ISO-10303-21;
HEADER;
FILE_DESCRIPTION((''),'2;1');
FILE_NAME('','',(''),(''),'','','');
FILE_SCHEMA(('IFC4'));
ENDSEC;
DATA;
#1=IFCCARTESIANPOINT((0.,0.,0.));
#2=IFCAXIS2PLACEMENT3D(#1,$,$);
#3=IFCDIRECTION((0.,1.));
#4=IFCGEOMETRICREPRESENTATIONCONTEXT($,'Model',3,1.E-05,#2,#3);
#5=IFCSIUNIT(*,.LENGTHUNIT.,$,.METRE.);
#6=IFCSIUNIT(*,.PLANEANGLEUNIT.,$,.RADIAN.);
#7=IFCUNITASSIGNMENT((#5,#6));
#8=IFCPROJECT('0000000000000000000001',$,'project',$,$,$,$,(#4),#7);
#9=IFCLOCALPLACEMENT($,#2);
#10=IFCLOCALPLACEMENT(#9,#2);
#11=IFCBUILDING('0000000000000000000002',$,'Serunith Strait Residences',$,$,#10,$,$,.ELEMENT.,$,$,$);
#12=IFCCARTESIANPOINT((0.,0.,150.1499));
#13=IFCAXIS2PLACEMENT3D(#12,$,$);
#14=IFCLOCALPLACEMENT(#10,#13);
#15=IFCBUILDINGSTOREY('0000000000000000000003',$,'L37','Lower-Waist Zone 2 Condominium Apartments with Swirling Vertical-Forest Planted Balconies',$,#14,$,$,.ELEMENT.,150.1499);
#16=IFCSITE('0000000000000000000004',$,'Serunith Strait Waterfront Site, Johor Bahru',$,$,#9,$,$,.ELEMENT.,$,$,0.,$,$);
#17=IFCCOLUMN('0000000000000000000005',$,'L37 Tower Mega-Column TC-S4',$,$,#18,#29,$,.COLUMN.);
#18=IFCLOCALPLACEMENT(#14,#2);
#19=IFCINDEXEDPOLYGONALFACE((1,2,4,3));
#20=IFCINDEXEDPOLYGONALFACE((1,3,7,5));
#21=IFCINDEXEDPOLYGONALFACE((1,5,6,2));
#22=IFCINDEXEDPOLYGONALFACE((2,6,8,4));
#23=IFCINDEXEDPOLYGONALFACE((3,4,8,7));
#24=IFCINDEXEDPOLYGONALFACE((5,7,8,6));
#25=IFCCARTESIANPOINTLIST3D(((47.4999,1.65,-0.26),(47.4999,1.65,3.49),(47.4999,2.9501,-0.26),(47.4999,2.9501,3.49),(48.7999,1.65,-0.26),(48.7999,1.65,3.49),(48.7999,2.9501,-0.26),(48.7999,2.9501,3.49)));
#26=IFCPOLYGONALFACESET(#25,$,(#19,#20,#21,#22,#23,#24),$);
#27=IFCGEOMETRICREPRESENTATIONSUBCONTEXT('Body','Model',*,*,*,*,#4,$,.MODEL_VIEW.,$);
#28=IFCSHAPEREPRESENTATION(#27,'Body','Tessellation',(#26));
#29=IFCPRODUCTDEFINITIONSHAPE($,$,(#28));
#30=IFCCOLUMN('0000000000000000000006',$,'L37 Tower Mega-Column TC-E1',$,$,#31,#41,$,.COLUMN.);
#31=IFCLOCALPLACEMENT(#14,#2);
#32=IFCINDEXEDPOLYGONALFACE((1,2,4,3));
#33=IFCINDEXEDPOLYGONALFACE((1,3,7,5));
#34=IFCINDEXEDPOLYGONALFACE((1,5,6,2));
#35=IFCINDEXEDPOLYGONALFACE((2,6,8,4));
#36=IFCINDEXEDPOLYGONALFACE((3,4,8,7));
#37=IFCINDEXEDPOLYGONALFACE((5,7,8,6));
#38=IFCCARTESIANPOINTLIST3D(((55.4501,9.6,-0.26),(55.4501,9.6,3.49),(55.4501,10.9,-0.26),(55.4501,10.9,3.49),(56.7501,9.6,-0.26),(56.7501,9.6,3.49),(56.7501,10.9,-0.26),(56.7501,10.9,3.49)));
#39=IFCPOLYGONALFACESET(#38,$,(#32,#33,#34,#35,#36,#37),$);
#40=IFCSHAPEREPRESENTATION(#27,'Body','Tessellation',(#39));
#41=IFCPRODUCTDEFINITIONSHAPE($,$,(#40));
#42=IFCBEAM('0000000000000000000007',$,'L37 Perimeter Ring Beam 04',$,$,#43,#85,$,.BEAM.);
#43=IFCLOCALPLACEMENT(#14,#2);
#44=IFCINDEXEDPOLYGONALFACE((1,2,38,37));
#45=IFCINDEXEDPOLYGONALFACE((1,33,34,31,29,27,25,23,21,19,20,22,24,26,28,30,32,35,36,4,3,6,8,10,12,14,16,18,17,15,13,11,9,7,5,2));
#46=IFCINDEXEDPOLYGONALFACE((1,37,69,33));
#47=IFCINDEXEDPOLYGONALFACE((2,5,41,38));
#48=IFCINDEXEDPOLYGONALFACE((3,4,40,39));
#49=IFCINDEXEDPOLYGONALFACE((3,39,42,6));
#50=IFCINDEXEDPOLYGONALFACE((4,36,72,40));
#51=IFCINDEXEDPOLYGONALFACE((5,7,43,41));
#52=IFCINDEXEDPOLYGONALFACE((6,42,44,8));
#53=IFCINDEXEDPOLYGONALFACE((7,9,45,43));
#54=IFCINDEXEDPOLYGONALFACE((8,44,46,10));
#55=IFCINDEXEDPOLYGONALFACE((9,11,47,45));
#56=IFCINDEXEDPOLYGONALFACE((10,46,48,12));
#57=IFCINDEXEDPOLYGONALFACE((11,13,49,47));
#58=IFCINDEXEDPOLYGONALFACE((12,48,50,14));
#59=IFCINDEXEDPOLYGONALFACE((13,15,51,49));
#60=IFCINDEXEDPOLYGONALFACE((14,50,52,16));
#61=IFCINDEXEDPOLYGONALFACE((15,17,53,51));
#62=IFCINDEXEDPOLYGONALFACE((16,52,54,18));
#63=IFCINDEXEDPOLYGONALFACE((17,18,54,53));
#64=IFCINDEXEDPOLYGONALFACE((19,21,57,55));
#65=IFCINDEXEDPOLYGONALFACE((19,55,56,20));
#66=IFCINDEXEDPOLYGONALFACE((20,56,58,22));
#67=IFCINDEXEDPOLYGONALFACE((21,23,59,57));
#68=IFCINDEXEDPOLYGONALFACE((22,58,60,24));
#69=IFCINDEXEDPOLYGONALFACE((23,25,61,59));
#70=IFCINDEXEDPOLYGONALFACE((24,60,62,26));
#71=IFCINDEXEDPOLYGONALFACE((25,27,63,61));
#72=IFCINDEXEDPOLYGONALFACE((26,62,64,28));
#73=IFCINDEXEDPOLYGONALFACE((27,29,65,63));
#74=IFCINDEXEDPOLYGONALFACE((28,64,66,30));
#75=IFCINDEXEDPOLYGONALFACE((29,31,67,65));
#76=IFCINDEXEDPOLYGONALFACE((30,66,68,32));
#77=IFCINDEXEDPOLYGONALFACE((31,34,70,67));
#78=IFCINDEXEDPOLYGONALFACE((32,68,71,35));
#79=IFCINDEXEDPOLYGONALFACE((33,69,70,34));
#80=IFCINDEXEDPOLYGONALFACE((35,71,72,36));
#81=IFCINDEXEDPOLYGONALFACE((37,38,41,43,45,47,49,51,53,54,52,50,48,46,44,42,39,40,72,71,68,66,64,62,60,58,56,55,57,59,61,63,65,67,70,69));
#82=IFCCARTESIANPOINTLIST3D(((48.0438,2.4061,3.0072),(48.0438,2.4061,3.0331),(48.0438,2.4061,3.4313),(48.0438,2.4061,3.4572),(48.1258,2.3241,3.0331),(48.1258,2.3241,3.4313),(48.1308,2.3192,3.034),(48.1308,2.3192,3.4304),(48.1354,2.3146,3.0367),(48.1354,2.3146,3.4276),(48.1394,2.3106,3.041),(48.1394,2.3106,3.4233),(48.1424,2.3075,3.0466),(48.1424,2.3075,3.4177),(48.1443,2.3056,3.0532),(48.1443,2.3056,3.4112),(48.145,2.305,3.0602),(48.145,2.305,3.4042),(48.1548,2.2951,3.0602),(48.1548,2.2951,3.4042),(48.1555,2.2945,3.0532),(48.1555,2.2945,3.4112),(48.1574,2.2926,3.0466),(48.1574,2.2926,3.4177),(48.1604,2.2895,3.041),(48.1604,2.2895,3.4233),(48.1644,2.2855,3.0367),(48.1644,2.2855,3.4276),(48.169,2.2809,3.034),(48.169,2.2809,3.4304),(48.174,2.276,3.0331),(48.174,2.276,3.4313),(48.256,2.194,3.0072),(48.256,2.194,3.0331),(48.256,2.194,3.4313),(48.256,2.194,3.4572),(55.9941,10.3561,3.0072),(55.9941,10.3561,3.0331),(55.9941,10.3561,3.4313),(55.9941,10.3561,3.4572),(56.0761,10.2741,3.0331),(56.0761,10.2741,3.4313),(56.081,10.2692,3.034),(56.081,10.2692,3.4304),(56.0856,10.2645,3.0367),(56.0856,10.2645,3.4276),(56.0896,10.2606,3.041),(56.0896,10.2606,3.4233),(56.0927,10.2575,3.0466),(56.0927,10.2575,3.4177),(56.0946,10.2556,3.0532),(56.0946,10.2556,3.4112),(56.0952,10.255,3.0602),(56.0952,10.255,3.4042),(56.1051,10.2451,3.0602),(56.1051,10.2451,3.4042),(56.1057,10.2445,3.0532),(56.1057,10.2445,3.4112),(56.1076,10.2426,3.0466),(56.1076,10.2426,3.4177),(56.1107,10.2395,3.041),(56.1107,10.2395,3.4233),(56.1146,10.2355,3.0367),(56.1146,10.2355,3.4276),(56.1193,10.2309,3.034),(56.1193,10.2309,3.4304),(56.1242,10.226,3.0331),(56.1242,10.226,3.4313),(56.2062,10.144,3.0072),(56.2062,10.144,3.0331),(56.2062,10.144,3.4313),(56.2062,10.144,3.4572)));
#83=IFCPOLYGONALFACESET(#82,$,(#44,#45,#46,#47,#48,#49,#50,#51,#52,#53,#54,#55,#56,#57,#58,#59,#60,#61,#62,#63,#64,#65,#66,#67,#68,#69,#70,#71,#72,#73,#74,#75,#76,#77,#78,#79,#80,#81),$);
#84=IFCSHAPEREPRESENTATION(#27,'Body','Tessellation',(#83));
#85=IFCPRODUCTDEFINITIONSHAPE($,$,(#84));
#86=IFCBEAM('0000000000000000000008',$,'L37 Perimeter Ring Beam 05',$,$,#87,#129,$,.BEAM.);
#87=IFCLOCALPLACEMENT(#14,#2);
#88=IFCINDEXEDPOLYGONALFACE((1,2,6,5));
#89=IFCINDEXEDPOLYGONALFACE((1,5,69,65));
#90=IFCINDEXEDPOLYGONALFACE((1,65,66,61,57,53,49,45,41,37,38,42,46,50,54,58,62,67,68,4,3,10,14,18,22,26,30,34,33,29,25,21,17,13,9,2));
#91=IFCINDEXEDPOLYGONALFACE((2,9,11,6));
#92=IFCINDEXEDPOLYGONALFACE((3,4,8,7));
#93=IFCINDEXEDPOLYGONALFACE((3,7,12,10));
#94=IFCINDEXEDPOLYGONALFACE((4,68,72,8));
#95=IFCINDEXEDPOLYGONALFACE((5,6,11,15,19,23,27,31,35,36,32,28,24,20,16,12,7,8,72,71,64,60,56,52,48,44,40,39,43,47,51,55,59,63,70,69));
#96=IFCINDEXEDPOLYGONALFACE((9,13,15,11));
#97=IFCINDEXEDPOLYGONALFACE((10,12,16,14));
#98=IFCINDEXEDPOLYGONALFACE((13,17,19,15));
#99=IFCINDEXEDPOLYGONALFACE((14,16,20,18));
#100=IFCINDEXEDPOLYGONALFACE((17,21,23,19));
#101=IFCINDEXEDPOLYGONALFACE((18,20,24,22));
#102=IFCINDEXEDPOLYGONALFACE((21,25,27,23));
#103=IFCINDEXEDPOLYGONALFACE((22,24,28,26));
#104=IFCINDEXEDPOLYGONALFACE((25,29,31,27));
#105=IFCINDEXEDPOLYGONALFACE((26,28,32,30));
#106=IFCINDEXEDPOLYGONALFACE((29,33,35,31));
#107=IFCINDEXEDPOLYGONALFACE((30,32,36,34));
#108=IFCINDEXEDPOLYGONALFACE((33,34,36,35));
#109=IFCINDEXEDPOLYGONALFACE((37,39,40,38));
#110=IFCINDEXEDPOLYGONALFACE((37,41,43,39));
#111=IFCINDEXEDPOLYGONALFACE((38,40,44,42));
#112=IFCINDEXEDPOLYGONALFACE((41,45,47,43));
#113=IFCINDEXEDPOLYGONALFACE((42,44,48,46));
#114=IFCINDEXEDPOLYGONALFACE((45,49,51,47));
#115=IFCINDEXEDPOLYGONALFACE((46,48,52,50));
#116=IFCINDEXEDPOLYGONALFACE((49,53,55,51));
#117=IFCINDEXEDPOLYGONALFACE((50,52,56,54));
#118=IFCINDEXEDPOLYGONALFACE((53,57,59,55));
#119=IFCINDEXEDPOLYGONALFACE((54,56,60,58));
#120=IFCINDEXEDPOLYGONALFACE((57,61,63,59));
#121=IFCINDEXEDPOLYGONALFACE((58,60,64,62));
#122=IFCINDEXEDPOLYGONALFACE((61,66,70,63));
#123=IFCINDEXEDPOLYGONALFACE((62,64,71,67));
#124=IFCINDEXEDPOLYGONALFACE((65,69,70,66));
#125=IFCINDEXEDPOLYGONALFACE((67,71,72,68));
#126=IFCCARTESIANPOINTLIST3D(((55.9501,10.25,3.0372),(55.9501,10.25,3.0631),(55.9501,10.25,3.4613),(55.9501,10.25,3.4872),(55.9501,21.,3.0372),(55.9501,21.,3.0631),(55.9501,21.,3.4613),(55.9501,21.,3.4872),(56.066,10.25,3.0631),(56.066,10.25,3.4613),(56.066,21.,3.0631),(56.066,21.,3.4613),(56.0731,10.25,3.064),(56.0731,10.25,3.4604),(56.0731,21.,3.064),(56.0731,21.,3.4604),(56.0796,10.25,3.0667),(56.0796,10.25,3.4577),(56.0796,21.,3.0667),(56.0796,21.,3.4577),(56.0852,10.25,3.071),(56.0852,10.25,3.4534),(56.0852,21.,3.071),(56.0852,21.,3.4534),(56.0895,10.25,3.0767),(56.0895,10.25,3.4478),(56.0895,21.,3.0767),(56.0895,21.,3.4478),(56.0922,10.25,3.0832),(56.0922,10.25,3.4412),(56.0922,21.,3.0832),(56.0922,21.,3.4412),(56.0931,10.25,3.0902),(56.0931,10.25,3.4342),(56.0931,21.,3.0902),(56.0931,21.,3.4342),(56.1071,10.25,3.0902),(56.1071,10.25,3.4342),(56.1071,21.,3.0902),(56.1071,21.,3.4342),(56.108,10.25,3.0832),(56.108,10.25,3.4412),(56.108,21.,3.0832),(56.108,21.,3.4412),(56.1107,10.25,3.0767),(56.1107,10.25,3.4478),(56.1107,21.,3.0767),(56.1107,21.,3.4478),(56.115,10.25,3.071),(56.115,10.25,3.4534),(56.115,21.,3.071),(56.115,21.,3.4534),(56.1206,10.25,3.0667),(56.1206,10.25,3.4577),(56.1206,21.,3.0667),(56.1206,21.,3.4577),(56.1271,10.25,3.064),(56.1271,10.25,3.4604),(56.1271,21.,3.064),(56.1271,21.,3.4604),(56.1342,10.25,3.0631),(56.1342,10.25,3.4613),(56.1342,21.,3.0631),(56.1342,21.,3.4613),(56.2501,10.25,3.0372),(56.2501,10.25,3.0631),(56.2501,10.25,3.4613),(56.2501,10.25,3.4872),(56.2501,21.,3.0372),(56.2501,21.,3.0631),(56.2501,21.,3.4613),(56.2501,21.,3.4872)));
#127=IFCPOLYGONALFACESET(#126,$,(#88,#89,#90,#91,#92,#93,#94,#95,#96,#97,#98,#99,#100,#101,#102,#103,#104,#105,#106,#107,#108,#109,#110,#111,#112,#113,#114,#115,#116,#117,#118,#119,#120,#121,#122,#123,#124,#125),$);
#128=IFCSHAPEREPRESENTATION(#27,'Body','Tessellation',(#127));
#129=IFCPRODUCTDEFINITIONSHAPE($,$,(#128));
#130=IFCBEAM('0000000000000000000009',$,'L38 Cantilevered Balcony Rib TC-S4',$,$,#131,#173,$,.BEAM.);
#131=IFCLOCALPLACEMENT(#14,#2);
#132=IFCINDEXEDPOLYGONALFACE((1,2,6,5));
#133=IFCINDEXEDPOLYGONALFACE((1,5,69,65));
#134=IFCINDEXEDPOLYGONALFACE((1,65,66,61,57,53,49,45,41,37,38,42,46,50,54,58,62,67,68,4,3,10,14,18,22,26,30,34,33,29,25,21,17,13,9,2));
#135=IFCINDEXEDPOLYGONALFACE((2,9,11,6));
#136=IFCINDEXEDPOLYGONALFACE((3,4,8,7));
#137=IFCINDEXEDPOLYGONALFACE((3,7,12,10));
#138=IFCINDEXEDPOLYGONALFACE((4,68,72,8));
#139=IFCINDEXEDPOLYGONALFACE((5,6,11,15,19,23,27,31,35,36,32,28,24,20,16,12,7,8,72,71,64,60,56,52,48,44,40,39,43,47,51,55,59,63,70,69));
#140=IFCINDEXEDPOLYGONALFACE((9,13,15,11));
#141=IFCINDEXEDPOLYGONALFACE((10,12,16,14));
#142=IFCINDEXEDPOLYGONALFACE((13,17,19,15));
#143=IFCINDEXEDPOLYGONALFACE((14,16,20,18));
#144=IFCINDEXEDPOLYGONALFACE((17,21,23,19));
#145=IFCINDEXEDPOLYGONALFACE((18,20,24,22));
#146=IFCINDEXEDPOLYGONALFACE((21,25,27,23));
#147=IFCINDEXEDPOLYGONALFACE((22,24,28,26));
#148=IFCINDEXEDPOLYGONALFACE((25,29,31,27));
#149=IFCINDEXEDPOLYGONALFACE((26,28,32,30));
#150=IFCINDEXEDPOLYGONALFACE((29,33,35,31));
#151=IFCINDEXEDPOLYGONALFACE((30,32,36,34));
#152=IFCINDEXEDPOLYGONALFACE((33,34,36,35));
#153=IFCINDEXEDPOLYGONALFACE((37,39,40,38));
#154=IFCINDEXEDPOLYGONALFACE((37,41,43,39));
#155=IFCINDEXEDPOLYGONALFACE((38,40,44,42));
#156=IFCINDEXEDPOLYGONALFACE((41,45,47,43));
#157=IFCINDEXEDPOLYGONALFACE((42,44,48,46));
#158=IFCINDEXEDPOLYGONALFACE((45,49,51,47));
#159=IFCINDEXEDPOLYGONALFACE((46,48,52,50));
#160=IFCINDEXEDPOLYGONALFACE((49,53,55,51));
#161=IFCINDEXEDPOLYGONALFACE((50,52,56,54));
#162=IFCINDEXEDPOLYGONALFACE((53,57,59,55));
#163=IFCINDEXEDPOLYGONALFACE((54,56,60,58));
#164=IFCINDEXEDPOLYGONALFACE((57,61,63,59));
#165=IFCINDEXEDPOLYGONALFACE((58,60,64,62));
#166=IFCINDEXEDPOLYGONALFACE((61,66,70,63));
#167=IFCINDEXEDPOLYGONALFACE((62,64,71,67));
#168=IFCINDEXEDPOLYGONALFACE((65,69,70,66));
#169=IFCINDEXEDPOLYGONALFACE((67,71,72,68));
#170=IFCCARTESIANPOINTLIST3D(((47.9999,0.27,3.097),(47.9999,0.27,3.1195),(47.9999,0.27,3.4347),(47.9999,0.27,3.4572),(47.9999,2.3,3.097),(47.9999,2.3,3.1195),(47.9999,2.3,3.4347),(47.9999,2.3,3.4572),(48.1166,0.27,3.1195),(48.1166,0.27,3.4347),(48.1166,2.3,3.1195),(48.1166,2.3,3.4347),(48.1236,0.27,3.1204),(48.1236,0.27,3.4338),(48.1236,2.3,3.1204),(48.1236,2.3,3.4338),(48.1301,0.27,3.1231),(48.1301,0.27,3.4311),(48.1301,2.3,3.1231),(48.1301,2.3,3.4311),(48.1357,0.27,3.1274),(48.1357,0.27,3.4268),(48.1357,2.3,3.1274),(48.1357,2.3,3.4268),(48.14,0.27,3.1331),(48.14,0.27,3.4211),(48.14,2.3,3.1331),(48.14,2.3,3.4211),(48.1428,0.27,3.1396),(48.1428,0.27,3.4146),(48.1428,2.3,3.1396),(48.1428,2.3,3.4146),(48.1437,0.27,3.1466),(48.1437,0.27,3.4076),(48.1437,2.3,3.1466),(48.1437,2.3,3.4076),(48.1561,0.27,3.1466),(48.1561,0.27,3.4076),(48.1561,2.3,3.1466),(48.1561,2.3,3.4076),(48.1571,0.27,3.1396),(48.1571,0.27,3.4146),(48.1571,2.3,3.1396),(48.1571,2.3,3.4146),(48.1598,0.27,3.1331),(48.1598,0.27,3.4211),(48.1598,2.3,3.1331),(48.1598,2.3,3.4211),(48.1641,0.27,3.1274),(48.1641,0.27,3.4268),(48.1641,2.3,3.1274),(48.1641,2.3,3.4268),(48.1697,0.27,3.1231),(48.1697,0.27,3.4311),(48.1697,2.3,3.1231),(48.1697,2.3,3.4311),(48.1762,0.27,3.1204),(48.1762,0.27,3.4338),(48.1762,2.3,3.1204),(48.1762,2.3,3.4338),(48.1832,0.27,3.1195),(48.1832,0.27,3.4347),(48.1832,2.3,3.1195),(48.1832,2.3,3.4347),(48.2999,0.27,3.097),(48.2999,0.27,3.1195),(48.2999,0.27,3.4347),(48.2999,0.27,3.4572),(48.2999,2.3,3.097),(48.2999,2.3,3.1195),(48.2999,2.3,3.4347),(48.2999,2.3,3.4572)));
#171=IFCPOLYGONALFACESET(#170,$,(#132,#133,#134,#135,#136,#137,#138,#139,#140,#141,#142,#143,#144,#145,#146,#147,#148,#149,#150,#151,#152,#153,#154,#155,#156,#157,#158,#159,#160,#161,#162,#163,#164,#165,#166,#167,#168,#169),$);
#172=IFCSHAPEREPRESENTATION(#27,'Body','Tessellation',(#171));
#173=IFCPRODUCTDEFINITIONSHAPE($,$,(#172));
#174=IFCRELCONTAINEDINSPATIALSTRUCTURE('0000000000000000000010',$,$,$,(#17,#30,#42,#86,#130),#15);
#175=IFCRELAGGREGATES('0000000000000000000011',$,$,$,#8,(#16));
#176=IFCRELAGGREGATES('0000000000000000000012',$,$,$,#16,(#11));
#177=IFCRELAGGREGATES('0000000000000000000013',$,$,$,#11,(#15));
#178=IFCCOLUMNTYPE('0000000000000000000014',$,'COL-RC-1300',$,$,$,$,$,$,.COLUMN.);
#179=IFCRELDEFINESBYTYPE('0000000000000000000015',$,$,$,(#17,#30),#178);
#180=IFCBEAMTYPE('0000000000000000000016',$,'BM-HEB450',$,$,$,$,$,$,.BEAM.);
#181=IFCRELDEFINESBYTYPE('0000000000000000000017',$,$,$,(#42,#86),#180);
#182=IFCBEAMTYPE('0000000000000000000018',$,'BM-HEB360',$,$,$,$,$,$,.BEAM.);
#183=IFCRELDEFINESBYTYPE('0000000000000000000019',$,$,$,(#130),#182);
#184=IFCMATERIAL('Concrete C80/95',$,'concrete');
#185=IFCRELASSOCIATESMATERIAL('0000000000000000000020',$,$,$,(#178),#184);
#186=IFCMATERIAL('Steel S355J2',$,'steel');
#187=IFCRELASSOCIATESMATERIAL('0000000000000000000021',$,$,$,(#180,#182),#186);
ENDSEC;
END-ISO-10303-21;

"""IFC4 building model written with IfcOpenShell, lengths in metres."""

from ifc_helpers import new_model, si_unit, direction, frame, origin, origin_2d, place, context, subcontext, project, spatial, rectangle, i_section, extrude, source, transform, mapped, material, material_profile, profile_set, type_object, element, save


model = new_model("IFC4")

# Units and contexts
model_context = context("Model", 3, precision=1e-05, world=origin(), true_north=direction((0.0, 1.0)))
body_context = subcontext(model_context, "Body", "Model", "MODEL_VIEW")
ifc_project = project(units=[si_unit("LENGTHUNIT", "METRE"), si_unit("PLANEANGLEUNIT", "RADIAN")], contexts=[model_context])

# Site, building, storey
site_placement = place(None, origin())
site = spatial("IfcSite", under=ifc_project, at=site_placement, Name="Serunith Strait Waterfront Site, Johor Bahru", CompositionType="ELEMENT", RefElevation=0.0)
building_placement = place(site_placement, origin())
building = spatial("IfcBuilding", under=site, at=building_placement, Name="Serunith Strait Residences", CompositionType="ELEMENT")
storey_placement = place(building_placement, frame((0.0, 0.0, 150.1499)))
storey = spatial("IfcBuildingStorey", under=building, at=storey_placement, Name="L37", Description="Lower-Waist Zone 2 Condominium Apartments with Swirling Vertical-Forest Planted Balconies", CompositionType="ELEMENT", Elevation=150.1499)

# Columns
ifc_material_1 = material(Name="Concrete C80/95", Category="concrete")
ifc_material_profile_1 = material_profile(ifc_material_1, rectangle(XDim=1.3, YDim=1.3, at=origin_2d()), Name="RC 1300x1300")
ifc_profile_set_1 = profile_set([ifc_material_profile_1], Name="Concrete C80/95")
column_type = type_object("IfcColumnType", Name="COL-RC-1300", PredefinedType="COLUMN", material=ifc_profile_set_1)
shared_shape_1 = source(origin(), body_context, "Body", "SweptSolid", [
    extrude(rectangle(XDim=1.3, YDim=1.3, at=origin_2d()), origin(), (0.0, 0.0, 1.0), 3.75),
])
for number, where, z_axis, x_axis, name in (
    (1, (48.1499, 2.3, -0.26), (0.0, 0.0, 1.0), (1.0, 0.0, 0.0), "L37 Tower Mega-Column TC-S4"),
    (2, (56.1001, 10.25, -0.26), (0.0, 0.0, 1.0), (1.0, 0.0, 0.0), "L37 Tower Mega-Column TC-E1"),
):
    element("IfcColumn", number, at=place(storey_placement, frame(where, z_axis=z_axis, x_axis=x_axis)), inside=storey, type_object=column_type, Name=name, PredefinedType="COLUMN", context=body_context, shape_type="MappedRepresentation", body=[
        mapped(shared_shape_1, transform((0.0, 0.0, 0.0), scale=1.0)),
    ])

# Beams
ifc_material_2 = material(Name="Steel S355J2", Category="steel")
ifc_material_profile_2 = material_profile(ifc_material_2, i_section(OverallWidth=0.3, OverallDepth=0.45, WebThickness=0.0139, FlangeThickness=0.0259, FilletRadius=0.0271, at=origin_2d()), Name="HEB 450")
ifc_profile_set_2 = profile_set([ifc_material_profile_2], Name="Steel S355J2")
beam_type_1 = type_object("IfcBeamType", Name="BM-HEB450", PredefinedType="BEAM", material=ifc_profile_set_2)
shared_shape_2 = source(origin(), body_context, "Body", "SweptSolid", [
    extrude(i_section(OverallWidth=0.3, OverallDepth=0.45, WebThickness=0.0139, FlangeThickness=0.0259, FilletRadius=0.0271, at=origin_2d()), origin(), (0.0, 0.0, 1.0), 11.2432),
])
beam_1_placement = place(storey_placement, frame((48.1499, 2.3, 3.2322), z_axis=(0.707118, 0.707096, 0.0), x_axis=(-0.707096, 0.707118, 0.0)))
element("IfcBeam", 3, at=beam_1_placement, inside=storey, type_object=beam_type_1, Name="L37 Perimeter Ring Beam 04", PredefinedType="BEAM", context=body_context, shape_type="MappedRepresentation", body=[
    mapped(shared_shape_2, transform((0.0, 0.0, 0.0), scale=1.0)),
])
shared_shape_3 = source(origin(), body_context, "Body", "SweptSolid", [
    extrude(i_section(OverallWidth=0.3, OverallDepth=0.45, WebThickness=0.0139, FlangeThickness=0.0259, FilletRadius=0.0271, at=origin_2d()), origin(), (0.0, 0.0, 1.0), 10.75),
])
beam_2_placement = place(storey_placement, frame((56.1001, 10.25, 3.2622), z_axis=(0.0, 1.0, 0.0), x_axis=(-1.0, 0.0, 0.0)))
element("IfcBeam", 4, at=beam_2_placement, inside=storey, type_object=beam_type_1, Name="L37 Perimeter Ring Beam 05", PredefinedType="BEAM", context=body_context, shape_type="MappedRepresentation", body=[
    mapped(shared_shape_3, transform((0.0, 0.0, 0.0), scale=1.0)),
])
ifc_material_profile_3 = material_profile(ifc_material_2, i_section(OverallWidth=0.3, OverallDepth=0.3601, WebThickness=0.0125, FlangeThickness=0.0225, FilletRadius=0.0271, at=origin_2d()), Name="HEB 360")
ifc_profile_set_3 = profile_set([ifc_material_profile_3], Name="Steel S355J2")
beam_type_2 = type_object("IfcBeamType", Name="BM-HEB360", PredefinedType="BEAM", material=ifc_profile_set_3)
shared_shape_4 = source(origin(), body_context, "Body", "SweptSolid", [
    extrude(i_section(OverallWidth=0.3, OverallDepth=0.3601, WebThickness=0.0125, FlangeThickness=0.0225, FilletRadius=0.0271, at=origin_2d()), origin(), (0.0, 0.0, 1.0), 2.03),
])
beam_3_placement = place(storey_placement, frame((48.1499, 2.3, 3.2771), z_axis=(0.0, -1.0, 0.0), x_axis=(1.0, 0.0, 0.0)))
element("IfcBeam", 5, at=beam_3_placement, inside=storey, type_object=beam_type_2, Name="L38 Cantilevered Balcony Rib TC-S4", PredefinedType="BEAM", context=body_context, shape_type="MappedRepresentation", body=[
    mapped(shared_shape_4, transform((0.0, 0.0, 0.0), scale=1.0)),
])

save(model, "model.ifc")
